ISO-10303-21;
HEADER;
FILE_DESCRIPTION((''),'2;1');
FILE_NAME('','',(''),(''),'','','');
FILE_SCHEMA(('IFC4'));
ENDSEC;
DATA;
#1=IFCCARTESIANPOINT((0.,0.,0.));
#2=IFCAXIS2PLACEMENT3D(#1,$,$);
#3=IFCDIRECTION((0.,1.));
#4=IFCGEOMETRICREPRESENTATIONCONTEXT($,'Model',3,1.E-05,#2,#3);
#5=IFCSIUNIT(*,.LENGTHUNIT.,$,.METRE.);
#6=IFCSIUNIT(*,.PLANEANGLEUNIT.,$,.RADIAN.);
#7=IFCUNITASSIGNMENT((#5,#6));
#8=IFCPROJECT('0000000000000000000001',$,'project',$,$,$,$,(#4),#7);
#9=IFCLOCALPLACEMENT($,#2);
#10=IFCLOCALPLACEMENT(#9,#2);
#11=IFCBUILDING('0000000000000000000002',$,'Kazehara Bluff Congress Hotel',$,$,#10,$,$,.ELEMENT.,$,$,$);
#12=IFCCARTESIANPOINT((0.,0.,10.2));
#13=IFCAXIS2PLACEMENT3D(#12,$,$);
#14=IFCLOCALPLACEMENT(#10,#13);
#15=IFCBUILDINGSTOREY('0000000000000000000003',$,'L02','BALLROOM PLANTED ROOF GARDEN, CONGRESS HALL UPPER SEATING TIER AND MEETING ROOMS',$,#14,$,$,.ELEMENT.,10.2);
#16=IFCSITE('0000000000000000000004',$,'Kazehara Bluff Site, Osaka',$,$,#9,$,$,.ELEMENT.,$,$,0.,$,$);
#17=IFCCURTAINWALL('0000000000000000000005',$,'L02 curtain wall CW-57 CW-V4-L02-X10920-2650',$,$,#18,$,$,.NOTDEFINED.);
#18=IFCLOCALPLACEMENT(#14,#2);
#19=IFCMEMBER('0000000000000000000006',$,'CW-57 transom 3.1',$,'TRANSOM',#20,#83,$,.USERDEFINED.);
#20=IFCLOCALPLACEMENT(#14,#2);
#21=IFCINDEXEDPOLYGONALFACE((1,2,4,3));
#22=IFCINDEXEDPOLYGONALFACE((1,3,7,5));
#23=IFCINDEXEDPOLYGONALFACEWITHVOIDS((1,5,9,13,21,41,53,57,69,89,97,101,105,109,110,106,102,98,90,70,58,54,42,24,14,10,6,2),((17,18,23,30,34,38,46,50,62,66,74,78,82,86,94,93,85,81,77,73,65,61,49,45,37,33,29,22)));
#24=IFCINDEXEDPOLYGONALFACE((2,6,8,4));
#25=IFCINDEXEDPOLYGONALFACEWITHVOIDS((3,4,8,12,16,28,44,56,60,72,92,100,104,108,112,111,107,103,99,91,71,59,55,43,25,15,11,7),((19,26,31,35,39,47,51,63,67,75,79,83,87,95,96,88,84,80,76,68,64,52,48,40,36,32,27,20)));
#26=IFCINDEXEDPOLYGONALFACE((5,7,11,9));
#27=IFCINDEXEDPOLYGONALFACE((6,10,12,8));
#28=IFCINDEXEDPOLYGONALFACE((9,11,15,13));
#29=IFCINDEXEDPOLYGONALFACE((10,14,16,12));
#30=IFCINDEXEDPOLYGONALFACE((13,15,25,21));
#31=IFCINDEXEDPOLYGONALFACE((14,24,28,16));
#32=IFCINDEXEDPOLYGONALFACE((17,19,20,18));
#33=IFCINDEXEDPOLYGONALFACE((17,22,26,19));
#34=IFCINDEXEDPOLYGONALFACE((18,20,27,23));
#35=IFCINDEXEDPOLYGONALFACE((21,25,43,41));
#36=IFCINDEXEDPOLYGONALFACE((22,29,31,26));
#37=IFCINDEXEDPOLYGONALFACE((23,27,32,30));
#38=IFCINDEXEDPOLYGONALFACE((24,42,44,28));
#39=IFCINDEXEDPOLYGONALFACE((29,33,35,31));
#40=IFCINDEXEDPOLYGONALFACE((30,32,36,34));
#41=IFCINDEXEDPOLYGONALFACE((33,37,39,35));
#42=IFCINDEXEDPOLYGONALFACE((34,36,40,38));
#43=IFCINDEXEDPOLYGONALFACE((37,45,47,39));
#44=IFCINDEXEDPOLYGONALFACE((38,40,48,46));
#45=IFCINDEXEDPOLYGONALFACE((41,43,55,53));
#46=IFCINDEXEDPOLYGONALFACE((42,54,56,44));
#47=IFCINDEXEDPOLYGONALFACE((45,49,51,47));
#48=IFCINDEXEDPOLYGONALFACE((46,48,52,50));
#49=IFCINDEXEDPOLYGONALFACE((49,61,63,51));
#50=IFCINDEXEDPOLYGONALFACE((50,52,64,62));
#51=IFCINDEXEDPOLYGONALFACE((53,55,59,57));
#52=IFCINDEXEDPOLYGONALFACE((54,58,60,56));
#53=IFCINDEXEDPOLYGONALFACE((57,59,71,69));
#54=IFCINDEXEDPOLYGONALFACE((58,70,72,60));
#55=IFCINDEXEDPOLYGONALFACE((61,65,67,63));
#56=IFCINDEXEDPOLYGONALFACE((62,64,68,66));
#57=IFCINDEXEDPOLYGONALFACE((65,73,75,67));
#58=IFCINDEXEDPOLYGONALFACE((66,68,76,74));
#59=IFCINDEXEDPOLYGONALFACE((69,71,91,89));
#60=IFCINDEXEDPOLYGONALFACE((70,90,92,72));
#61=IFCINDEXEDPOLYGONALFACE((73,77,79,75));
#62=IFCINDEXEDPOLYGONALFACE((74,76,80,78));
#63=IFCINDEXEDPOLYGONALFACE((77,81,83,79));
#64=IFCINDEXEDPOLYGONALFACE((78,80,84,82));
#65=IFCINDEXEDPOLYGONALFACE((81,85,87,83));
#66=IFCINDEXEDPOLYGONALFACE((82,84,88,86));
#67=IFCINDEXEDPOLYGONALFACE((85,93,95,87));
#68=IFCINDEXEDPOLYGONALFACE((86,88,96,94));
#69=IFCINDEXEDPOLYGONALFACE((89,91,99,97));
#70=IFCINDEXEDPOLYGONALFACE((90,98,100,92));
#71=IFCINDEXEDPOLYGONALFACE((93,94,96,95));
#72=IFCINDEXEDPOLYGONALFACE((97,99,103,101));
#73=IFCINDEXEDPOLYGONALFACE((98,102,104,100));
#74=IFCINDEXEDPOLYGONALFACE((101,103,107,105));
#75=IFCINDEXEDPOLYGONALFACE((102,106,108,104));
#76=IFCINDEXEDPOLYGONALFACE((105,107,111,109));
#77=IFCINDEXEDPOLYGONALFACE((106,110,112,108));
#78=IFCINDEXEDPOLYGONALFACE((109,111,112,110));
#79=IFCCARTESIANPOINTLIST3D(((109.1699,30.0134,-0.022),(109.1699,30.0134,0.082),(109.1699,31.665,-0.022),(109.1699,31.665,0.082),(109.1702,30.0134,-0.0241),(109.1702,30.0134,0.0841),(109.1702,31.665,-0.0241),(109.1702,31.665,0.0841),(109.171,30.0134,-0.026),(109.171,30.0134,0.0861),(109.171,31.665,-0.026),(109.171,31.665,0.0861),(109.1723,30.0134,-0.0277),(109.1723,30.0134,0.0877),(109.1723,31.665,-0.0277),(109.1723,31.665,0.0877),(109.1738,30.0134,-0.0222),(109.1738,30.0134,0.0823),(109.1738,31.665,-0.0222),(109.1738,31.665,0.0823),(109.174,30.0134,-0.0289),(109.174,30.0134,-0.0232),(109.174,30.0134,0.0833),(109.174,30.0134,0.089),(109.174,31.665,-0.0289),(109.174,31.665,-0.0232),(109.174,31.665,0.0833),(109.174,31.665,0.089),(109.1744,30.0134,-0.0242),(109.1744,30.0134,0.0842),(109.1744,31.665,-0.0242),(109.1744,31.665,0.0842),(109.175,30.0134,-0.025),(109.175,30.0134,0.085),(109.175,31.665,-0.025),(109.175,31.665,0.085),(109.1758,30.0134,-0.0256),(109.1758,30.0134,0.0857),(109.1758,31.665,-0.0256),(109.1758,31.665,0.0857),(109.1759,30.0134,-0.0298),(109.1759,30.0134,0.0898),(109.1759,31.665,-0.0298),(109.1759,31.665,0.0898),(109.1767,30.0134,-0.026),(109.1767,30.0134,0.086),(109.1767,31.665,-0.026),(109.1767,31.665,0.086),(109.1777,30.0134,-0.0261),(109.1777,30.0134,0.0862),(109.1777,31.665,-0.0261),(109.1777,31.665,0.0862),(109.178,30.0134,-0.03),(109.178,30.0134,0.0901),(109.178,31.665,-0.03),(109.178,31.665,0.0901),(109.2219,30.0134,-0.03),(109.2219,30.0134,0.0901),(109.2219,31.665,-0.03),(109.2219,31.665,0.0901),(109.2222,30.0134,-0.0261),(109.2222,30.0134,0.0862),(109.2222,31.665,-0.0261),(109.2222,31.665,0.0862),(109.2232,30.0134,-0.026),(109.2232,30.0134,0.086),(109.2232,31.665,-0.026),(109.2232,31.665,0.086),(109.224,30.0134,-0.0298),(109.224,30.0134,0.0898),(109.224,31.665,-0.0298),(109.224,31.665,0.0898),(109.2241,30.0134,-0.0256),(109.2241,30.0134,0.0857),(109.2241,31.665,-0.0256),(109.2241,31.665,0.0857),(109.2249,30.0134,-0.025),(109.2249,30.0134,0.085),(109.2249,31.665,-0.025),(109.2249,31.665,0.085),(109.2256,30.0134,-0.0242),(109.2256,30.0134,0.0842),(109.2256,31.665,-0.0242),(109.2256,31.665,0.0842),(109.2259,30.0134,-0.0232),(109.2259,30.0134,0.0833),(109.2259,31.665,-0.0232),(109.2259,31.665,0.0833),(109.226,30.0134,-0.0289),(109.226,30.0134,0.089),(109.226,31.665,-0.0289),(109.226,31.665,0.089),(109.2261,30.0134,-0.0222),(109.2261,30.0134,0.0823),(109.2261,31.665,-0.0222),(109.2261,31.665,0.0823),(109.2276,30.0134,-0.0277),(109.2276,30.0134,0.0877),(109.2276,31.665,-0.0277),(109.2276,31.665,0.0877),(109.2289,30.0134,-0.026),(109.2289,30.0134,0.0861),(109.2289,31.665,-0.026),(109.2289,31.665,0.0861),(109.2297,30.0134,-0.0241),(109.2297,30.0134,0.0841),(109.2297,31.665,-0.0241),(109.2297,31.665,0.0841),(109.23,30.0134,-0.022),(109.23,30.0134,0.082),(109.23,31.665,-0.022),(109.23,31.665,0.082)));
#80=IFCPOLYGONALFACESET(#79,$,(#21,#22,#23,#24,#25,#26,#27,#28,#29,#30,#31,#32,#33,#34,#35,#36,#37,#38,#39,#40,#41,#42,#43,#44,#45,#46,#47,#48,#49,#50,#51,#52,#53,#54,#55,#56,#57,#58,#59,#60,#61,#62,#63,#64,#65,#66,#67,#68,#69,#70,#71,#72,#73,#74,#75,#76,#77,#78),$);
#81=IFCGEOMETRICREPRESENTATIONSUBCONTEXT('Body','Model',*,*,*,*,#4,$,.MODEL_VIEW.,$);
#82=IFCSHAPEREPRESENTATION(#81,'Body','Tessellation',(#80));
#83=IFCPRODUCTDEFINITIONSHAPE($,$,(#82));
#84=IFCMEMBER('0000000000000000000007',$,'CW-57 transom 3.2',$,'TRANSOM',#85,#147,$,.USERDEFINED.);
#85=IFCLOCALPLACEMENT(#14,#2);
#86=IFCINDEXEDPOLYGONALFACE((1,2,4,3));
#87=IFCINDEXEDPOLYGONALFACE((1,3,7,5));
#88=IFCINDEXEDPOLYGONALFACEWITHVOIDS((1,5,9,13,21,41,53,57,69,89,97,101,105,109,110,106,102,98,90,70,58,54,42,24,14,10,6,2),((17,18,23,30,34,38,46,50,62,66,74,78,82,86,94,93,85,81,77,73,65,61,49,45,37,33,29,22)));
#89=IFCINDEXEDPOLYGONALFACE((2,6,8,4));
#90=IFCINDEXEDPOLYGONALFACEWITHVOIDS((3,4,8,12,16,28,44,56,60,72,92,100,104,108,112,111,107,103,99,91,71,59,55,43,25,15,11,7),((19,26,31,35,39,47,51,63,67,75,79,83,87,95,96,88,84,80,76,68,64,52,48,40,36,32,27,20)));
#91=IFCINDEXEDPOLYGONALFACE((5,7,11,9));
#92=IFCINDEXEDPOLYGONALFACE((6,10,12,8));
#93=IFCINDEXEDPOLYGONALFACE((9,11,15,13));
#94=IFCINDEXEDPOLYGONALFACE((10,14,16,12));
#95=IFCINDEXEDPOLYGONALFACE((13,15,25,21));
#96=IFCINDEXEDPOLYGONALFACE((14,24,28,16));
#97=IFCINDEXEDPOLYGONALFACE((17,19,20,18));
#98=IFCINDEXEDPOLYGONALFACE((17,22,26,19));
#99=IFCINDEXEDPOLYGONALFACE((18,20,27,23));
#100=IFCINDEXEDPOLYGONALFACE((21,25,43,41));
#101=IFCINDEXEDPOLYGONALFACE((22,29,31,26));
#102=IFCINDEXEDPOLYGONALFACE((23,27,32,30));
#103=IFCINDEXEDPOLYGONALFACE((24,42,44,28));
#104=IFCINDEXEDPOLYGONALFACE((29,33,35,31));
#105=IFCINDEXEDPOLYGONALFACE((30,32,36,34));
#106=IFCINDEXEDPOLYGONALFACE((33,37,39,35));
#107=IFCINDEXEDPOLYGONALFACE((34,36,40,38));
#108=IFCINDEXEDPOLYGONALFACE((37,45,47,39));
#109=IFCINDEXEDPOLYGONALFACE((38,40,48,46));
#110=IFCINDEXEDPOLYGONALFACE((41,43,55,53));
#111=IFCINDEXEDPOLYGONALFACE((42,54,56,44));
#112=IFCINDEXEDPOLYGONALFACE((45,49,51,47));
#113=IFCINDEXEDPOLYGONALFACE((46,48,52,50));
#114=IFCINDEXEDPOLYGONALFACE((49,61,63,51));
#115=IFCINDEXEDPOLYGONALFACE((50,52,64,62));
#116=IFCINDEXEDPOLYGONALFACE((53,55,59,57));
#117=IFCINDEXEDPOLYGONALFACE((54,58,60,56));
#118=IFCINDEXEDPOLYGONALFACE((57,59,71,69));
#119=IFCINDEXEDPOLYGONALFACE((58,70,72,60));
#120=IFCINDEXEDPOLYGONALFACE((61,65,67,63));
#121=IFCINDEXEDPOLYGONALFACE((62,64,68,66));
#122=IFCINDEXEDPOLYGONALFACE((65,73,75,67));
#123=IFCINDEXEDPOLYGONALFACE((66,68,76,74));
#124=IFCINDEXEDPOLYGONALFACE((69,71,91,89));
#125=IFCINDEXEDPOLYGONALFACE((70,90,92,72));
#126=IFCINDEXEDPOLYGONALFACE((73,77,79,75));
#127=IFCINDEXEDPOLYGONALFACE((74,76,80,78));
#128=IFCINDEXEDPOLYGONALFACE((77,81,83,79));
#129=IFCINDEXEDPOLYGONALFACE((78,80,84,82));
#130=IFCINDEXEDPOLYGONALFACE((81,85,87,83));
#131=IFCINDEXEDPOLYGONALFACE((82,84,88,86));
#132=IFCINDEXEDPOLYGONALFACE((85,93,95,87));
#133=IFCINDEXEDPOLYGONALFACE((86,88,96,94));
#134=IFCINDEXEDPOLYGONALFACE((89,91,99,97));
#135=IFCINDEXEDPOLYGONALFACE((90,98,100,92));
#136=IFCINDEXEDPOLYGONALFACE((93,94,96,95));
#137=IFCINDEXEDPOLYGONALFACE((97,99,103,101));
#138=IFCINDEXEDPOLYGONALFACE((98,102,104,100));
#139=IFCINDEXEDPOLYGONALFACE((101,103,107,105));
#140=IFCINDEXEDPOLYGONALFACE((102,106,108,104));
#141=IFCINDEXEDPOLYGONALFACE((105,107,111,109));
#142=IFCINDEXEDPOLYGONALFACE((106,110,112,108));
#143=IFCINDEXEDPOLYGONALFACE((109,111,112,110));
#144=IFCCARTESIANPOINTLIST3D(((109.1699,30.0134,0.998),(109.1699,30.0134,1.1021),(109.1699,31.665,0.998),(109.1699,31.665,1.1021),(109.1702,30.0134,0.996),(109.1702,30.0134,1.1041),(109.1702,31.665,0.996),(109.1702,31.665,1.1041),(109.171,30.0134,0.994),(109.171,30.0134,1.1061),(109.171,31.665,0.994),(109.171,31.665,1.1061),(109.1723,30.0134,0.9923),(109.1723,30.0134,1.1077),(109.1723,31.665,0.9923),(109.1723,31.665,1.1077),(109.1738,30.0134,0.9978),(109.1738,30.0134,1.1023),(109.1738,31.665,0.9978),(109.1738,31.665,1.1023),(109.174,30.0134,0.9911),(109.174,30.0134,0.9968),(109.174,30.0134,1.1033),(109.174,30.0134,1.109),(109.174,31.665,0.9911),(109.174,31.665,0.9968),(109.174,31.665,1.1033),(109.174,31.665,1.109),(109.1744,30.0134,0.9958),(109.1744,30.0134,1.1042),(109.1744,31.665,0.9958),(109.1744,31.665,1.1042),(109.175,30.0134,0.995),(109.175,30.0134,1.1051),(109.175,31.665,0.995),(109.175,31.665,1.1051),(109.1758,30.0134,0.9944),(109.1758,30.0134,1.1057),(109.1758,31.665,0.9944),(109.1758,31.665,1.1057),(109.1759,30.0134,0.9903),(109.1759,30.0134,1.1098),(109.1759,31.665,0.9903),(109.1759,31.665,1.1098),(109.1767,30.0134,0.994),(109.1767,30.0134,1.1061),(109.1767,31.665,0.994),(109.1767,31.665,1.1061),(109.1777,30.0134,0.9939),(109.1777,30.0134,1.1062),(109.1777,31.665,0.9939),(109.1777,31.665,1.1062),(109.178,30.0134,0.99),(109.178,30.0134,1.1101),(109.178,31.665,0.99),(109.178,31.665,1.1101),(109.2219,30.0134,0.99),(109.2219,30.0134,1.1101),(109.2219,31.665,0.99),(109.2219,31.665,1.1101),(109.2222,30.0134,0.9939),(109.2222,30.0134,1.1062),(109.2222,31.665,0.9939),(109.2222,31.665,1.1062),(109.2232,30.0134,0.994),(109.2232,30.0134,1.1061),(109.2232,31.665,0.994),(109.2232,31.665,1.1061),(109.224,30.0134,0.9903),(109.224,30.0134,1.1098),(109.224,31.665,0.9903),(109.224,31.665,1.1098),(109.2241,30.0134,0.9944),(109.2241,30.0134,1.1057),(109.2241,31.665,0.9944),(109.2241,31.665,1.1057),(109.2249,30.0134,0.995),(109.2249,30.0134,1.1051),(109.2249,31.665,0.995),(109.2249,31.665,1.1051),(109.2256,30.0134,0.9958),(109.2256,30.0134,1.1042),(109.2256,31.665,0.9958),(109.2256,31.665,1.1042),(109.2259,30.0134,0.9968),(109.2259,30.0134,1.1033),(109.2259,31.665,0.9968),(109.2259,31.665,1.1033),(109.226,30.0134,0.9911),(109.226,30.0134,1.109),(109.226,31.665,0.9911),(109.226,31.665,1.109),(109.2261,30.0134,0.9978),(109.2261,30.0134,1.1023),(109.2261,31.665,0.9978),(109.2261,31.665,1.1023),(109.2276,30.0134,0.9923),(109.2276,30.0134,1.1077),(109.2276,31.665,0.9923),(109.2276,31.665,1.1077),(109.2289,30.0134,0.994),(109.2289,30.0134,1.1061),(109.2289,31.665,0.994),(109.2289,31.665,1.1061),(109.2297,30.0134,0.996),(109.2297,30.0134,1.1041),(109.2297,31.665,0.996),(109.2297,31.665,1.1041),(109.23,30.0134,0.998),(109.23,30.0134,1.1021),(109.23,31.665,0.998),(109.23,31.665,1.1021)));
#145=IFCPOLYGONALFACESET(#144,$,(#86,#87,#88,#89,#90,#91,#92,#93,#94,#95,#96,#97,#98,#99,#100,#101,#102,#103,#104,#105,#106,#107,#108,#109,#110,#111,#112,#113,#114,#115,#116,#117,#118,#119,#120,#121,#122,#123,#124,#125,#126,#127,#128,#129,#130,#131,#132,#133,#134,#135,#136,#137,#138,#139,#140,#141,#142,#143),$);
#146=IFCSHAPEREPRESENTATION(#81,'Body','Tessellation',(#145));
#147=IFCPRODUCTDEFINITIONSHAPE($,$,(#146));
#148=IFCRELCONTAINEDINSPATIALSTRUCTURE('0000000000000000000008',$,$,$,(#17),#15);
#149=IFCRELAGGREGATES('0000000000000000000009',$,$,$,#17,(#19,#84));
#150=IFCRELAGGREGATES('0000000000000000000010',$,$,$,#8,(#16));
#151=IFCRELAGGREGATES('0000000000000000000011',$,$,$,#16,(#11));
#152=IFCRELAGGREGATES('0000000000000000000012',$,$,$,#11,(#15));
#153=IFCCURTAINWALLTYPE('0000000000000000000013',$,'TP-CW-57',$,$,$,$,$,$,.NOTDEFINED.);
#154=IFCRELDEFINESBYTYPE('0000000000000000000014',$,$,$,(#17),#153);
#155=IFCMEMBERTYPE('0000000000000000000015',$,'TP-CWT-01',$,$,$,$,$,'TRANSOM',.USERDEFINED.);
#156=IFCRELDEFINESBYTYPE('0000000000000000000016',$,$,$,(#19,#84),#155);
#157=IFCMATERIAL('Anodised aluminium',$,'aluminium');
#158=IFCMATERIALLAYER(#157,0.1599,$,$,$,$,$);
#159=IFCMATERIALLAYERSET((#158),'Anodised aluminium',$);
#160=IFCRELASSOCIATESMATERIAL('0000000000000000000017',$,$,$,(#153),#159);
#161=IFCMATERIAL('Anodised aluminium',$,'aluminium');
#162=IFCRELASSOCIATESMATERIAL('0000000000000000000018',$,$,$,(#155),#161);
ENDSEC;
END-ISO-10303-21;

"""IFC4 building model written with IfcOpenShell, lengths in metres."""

from ifc_helpers import new_model, si_unit, direction, frame, origin, origin_2d, place, context, subcontext, project, spatial, hollow_rectangle, extrude, material, layer, layer_set, material_profile, profile_set, type_object, element, aggregate, save


model = new_model("IFC4")

# Units and contexts
model_context = context("Model", 3, precision=1e-05, world=origin(), true_north=direction((0.0, 1.0)))
body_context = subcontext(model_context, "Body", "Model", "MODEL_VIEW")
ifc_project = project(units=[si_unit("LENGTHUNIT", "METRE"), si_unit("PLANEANGLEUNIT", "RADIAN")], contexts=[model_context])

# Site, building, storey
site_placement = place(None, origin())
site = spatial("IfcSite", under=ifc_project, at=site_placement, Name="Kazehara Bluff Site, Osaka", CompositionType="ELEMENT", RefElevation=0.0)
building_placement = place(site_placement, origin())
building = spatial("IfcBuilding", under=site, at=building_placement, Name="Kazehara Bluff Congress Hotel", CompositionType="ELEMENT")
storey_placement = place(building_placement, frame((0.0, 0.0, 10.2)))
storey = spatial("IfcBuildingStorey", under=building, at=storey_placement, Name="L02", Description="BALLROOM PLANTED ROOF GARDEN, CONGRESS HALL UPPER SEATING TIER AND MEETING ROOMS", CompositionType="ELEMENT", Elevation=10.2)

# Curtain wall, members
ifc_material_1 = material(Name="Anodised aluminium", Category="aluminium")
ifc_layer_1 = layer(ifc_material_1, 0.1599)
ifc_layer_set_1 = layer_set([ifc_layer_1], Name="Anodised aluminium")
curtain_wall_type = type_object("IfcCurtainWallType", Name="TP-CW-57", PredefinedType="NOTDEFINED", material=ifc_layer_set_1)
curtain_wall_placement = place(storey_placement, origin())
curtain_wall = element("IfcCurtainWall", 1, at=curtain_wall_placement, inside=storey, type_object=curtain_wall_type, Name="L02 curtain wall CW-57 CW-V4-L02-X10920-2650", PredefinedType="NOTDEFINED")
ifc_material_2 = material(Name="Anodised aluminium", Category="aluminium")
ifc_material_profile_1 = material_profile(ifc_material_2, hollow_rectangle(XDim=0.0601, YDim=0.1201, WallThickness=0.0039, InnerFilletRadius=0.0039, OuterFilletRadius=0.0081, at=origin_2d()))
ifc_profile_set_1 = profile_set([ifc_material_profile_1], Name="Anodised aluminium")
member_type_1 = type_object("IfcMemberType", Name="TP-CWT-01", ElementType="TRANSOM", PredefinedType="USERDEFINED", material=ifc_profile_set_1)
member_1_placement = place(storey_placement, frame((109.2, 30.0134, 0.03), z_axis=(0.0, 1.0, 0.0), x_axis=(-1.0, 0.0, 0.0)))
member_1 = element("IfcMember", 2, at=member_1_placement, type_object=member_type_1, Name="CW-57 transom 3.1", ObjectType="TRANSOM", PredefinedType="USERDEFINED", context=body_context, shape_type="SweptSolid", body=[
    extrude(hollow_rectangle(XDim=0.0601, YDim=0.1201, WallThickness=0.0039, InnerFilletRadius=0.0039, OuterFilletRadius=0.0081, at=origin_2d()), origin(), (0.0, 0.0, 1.0), 1.6516),
])
member_2_placement = place(storey_placement, frame((109.2, 30.0134, 1.05), z_axis=(0.0, 1.0, 0.0), x_axis=(-1.0, 0.0, 0.0)))
member_2 = element("IfcMember", 3, at=member_2_placement, type_object=member_type_1, Name="CW-57 transom 3.2", ObjectType="TRANSOM", PredefinedType="USERDEFINED", context=body_context, shape_type="SweptSolid", body=[
    extrude(hollow_rectangle(XDim=0.0601, YDim=0.1201, WallThickness=0.0039, InnerFilletRadius=0.0039, OuterFilletRadius=0.0081, at=origin_2d()), origin(), (0.0, 0.0, 1.0), 1.6516),
])

aggregate(curtain_wall, [member_1, member_2])

save(model, "model.ifc")
